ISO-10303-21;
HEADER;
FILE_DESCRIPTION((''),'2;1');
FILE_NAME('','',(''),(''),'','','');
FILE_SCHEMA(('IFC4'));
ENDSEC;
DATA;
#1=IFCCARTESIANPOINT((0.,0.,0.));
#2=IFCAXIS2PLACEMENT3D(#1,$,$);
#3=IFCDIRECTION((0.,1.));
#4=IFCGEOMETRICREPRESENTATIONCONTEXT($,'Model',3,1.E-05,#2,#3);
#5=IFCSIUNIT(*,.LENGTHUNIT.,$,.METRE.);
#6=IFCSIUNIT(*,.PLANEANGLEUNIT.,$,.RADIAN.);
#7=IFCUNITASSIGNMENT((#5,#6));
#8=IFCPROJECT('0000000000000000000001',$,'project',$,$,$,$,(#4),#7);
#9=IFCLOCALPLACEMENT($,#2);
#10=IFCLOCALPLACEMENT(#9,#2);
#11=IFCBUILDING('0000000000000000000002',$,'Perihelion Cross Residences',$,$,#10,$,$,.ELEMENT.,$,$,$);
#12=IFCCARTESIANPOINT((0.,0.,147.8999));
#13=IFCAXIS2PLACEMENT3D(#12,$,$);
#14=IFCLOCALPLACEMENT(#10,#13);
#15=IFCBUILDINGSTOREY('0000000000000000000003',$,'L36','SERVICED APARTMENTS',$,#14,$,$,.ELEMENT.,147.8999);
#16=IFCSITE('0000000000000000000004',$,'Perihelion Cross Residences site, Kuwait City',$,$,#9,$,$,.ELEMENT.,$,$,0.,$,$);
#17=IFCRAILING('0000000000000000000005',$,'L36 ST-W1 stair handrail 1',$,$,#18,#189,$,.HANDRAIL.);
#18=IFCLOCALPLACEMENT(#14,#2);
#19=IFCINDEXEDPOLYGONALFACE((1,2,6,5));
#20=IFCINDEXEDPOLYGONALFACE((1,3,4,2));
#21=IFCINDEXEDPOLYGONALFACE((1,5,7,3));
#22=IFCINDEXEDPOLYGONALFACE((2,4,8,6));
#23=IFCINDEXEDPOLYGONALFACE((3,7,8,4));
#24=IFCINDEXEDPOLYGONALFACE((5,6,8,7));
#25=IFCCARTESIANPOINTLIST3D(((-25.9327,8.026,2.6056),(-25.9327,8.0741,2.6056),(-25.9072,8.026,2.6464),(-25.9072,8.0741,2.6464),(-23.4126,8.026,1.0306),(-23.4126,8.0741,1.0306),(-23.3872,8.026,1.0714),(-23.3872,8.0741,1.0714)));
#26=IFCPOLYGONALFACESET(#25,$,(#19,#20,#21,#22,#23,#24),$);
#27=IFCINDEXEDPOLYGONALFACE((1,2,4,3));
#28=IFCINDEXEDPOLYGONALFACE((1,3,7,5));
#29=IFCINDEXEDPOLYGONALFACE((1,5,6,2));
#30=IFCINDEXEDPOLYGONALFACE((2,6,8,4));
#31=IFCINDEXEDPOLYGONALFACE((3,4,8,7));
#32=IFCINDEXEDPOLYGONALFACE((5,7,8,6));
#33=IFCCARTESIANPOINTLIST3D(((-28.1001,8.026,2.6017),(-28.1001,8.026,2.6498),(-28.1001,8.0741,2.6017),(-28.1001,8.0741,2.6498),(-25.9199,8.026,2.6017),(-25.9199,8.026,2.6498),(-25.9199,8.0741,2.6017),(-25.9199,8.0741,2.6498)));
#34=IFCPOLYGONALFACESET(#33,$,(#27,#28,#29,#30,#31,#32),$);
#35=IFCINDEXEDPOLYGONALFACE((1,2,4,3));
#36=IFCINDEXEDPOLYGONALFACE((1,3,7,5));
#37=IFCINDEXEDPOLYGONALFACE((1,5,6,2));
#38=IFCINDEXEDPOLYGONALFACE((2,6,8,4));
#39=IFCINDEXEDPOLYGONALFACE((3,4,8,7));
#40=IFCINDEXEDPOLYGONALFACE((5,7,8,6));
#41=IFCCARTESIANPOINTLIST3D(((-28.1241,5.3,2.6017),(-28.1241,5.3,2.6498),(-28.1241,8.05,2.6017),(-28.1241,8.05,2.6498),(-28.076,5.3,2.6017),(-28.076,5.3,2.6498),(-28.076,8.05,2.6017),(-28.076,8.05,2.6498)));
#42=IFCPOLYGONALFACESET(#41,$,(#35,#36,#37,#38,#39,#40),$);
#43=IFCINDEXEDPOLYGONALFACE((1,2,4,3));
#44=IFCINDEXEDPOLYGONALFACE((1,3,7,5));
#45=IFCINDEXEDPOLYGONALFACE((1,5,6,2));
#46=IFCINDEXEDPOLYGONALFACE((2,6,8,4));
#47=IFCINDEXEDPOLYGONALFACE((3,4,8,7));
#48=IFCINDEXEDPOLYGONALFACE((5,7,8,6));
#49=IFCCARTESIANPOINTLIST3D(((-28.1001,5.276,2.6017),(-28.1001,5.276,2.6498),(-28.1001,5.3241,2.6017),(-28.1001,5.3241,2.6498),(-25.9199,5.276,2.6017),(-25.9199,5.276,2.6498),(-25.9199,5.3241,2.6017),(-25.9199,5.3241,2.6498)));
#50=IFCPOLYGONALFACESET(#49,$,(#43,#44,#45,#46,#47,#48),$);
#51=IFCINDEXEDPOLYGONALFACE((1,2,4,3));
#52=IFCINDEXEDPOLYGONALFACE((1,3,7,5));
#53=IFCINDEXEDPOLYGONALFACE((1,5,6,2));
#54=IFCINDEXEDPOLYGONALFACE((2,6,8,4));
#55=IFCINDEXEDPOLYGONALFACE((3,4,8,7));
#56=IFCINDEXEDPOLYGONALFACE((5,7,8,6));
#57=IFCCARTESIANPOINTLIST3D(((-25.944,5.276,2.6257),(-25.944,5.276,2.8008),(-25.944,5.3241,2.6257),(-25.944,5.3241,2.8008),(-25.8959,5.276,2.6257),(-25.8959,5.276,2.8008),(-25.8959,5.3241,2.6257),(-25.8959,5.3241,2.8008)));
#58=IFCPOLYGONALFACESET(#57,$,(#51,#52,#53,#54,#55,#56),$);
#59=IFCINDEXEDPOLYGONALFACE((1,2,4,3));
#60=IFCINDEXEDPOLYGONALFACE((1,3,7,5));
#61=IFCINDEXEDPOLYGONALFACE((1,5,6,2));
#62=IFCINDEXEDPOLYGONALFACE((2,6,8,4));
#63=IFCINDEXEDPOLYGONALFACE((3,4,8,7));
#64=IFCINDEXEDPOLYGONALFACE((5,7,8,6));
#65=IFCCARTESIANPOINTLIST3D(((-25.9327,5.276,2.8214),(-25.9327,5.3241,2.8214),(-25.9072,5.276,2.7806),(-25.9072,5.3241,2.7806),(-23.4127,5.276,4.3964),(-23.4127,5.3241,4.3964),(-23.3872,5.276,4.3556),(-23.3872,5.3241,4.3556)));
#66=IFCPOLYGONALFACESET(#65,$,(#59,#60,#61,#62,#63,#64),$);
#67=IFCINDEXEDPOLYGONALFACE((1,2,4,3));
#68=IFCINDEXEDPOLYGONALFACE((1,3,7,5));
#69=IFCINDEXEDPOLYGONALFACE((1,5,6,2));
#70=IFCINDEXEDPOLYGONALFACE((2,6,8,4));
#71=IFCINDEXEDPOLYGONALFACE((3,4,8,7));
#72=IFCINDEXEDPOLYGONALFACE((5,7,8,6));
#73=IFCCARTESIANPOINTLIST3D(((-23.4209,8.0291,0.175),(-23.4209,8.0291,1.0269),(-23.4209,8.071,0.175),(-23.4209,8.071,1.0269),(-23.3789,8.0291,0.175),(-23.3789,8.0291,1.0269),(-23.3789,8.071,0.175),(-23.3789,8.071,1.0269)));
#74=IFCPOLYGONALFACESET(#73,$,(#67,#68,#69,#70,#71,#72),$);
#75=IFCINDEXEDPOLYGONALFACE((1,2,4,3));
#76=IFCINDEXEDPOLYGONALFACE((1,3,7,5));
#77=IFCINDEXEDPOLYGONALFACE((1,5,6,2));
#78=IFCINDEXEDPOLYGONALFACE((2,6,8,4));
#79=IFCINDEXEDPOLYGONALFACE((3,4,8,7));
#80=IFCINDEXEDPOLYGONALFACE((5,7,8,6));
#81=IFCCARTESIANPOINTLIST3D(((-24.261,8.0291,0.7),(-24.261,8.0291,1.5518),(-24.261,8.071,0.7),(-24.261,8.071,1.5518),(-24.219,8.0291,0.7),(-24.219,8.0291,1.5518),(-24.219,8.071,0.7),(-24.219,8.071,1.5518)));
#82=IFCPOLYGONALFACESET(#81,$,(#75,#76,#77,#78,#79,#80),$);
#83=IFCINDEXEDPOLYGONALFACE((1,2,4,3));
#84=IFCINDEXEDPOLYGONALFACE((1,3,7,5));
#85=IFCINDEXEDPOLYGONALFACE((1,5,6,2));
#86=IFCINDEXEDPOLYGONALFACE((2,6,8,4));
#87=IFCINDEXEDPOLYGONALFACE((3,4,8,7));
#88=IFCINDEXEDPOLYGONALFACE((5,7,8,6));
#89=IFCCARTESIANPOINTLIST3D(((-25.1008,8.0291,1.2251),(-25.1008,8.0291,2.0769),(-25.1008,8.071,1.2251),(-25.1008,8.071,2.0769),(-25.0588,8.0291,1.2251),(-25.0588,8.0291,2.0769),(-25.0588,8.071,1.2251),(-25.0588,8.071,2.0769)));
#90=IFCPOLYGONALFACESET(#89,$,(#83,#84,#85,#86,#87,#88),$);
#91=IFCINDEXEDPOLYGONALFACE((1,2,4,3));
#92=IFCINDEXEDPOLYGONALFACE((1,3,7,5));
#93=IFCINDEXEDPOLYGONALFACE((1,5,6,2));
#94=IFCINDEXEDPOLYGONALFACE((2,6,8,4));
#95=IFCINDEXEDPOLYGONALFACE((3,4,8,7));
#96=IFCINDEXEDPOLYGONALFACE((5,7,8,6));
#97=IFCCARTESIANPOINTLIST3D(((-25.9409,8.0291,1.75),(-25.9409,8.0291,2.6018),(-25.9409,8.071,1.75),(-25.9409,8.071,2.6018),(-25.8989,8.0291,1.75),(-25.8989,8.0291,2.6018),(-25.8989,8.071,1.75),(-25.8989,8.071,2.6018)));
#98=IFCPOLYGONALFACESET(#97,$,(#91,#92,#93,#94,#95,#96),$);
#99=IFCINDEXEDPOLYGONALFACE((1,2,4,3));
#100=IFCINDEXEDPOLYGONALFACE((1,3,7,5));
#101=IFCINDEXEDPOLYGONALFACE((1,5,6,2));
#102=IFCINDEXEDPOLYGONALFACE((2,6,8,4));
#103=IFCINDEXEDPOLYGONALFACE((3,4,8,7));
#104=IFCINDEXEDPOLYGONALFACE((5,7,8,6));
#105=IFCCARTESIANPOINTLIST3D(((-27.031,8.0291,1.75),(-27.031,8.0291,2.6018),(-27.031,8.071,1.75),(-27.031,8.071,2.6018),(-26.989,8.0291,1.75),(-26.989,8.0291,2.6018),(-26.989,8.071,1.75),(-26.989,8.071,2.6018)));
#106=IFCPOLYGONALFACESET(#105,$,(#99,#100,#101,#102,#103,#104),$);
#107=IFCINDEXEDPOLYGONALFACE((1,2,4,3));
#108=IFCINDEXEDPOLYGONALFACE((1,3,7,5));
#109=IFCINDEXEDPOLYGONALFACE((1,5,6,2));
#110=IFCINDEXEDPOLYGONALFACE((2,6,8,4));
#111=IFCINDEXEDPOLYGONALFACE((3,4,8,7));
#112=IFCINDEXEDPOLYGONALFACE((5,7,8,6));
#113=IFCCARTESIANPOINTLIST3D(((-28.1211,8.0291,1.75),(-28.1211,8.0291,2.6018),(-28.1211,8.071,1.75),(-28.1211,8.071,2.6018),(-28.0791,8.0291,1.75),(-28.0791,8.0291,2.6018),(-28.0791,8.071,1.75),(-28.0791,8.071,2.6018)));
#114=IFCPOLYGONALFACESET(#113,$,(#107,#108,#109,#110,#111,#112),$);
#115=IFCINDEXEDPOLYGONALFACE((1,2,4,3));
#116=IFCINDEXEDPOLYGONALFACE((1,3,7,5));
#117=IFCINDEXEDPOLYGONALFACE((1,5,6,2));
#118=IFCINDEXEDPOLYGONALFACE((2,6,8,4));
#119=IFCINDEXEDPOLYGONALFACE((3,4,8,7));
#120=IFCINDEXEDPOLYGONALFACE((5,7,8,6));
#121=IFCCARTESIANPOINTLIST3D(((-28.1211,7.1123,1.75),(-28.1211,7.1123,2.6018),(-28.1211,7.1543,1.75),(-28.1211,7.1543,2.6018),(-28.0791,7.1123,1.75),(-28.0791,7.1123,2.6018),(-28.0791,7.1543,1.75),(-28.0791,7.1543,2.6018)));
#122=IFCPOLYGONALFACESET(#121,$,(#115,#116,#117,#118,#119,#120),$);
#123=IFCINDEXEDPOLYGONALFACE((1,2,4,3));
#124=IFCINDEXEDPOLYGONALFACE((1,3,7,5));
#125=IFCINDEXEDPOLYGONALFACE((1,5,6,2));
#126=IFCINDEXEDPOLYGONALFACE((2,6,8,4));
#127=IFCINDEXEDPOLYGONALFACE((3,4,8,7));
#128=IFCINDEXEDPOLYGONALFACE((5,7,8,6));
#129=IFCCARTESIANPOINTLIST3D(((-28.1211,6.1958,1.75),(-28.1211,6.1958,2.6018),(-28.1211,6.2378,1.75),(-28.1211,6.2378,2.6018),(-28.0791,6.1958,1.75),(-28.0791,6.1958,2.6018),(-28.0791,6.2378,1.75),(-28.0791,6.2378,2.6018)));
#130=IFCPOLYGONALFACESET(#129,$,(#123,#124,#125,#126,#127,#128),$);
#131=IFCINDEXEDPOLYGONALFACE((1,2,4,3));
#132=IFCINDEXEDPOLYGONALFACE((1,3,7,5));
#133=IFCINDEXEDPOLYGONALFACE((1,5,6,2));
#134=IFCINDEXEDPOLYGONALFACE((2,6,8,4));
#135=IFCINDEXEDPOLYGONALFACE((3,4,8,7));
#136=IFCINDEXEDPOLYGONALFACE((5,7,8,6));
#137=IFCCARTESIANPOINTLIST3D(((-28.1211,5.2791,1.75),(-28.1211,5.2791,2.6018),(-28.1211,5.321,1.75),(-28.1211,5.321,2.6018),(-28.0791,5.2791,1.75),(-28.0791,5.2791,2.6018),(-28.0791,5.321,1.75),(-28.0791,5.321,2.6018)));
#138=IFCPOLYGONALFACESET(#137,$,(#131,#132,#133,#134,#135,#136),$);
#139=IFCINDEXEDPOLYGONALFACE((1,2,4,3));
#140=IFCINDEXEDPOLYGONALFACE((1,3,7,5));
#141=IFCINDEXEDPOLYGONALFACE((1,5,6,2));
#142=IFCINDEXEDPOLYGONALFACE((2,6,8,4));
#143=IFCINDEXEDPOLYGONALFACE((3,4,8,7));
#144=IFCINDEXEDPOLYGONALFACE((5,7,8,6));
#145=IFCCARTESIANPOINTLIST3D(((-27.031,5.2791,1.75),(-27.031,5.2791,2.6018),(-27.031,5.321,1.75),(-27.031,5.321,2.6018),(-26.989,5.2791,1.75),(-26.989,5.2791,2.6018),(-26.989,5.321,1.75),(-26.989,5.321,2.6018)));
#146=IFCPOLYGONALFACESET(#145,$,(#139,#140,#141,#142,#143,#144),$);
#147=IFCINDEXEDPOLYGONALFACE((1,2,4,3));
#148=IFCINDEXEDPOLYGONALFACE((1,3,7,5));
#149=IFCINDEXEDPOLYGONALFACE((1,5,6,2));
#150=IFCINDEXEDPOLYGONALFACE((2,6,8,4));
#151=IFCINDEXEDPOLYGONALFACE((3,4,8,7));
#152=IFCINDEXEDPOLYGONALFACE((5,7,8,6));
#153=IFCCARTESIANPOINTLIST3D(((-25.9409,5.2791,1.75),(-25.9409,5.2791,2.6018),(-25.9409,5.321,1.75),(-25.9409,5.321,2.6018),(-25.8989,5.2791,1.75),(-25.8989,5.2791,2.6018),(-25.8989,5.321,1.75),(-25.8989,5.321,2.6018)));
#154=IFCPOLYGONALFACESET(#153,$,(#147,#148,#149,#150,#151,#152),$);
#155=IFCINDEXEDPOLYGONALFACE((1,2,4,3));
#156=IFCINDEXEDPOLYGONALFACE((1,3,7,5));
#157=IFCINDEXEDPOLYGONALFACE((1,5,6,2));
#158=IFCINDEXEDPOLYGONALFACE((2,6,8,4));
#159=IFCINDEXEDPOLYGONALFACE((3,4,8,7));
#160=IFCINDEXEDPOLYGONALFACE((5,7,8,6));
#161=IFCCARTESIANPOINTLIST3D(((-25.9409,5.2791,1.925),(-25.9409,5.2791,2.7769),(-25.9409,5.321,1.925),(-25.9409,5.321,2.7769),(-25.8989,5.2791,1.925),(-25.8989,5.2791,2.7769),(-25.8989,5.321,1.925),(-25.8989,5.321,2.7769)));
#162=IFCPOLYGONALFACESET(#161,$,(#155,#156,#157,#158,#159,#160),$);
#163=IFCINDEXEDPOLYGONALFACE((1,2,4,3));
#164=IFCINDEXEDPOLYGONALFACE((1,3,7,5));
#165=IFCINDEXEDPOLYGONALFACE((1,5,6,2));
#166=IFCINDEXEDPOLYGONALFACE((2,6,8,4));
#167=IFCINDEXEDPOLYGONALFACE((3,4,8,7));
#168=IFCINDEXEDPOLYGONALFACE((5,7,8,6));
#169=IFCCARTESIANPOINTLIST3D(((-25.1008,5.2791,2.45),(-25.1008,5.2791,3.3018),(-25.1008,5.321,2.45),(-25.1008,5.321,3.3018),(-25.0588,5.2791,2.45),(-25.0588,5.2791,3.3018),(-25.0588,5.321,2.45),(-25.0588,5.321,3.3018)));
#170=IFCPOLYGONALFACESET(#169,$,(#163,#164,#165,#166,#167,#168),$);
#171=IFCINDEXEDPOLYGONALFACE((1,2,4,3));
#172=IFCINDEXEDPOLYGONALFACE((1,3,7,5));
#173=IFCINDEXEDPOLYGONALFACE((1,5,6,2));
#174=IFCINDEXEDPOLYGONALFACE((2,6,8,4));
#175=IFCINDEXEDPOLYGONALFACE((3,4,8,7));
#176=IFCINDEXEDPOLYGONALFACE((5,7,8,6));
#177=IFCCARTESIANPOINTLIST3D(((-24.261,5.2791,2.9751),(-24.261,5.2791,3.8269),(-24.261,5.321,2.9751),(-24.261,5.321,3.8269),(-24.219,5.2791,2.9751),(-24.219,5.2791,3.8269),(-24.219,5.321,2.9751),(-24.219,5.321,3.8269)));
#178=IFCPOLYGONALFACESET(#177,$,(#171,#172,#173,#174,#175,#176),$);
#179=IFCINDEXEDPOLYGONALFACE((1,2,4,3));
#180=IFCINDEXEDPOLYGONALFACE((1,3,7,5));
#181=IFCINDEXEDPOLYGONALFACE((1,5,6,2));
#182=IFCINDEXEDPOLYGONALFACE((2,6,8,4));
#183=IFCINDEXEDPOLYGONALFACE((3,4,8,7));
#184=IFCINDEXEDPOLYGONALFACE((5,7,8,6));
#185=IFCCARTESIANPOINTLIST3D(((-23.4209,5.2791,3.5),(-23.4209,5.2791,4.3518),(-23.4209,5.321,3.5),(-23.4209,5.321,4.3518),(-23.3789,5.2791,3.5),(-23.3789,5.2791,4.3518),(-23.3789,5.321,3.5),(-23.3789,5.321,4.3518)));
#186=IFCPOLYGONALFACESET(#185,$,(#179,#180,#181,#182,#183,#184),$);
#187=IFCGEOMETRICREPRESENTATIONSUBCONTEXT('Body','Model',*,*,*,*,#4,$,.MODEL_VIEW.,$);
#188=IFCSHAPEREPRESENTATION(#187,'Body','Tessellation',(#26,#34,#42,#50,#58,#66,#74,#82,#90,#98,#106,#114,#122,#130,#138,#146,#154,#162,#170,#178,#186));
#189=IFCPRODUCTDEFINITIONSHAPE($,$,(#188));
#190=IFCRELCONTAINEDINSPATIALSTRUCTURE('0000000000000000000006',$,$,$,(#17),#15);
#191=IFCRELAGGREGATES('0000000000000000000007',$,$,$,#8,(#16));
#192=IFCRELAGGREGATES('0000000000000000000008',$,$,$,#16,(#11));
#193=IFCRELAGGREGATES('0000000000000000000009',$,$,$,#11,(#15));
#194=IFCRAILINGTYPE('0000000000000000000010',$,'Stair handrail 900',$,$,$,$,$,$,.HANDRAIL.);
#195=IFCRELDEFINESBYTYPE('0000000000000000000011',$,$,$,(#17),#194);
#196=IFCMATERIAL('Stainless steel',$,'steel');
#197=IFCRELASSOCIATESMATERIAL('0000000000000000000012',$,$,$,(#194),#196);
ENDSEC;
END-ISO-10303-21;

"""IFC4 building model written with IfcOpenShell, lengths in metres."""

from ifc_helpers import new_model, si_unit, direction, frame, origin, origin_2d, place, context, subcontext, project, spatial, rectangle, extrude, material, type_object, element, save


model = new_model("IFC4")

# Units and contexts
model_context = context("Model", 3, precision=1e-05, world=origin(), true_north=direction((0.0, 1.0)))
body_context = subcontext(model_context, "Body", "Model", "MODEL_VIEW")
ifc_project = project(units=[si_unit("LENGTHUNIT", "METRE"), si_unit("PLANEANGLEUNIT", "RADIAN")], contexts=[model_context])

# Site, building, storey
site_placement = place(None, origin())
site = spatial("IfcSite", under=ifc_project, at=site_placement, Name="Perihelion Cross Residences site, Kuwait City", CompositionType="ELEMENT", RefElevation=0.0)
building_placement = place(site_placement, origin())
building = spatial("IfcBuilding", under=site, at=building_placement, Name="Perihelion Cross Residences", CompositionType="ELEMENT")
storey_placement = place(building_placement, frame((0.0, 0.0, 147.8999)))
storey = spatial("IfcBuildingStorey", under=building, at=storey_placement, Name="L36", Description="SERVICED APARTMENTS", CompositionType="ELEMENT", Elevation=147.8999)

# Railing
ifc_material_1 = material(Name="Stainless steel", Category="steel")
railing_type_1 = type_object("IfcRailingType", Name="Stair handrail 900", PredefinedType="HANDRAIL", material=ifc_material_1)
railing_1_placement = place(storey_placement, frame((-23.3999, 8.05, 0.175)))
element("IfcRailing", 1, at=railing_1_placement, inside=storey, type_object=railing_type_1, Name="L36 ST-W1 stair handrail 1", PredefinedType="HANDRAIL", context=body_context, shape_type="SweptSolid", body=[
    extrude(rectangle(XDim=0.0481, YDim=0.0481, at=origin_2d()), frame((0.0, 0.0, 0.876), z_axis=(-0.848008, 0.0, 0.529984), x_axis=(0.0, -1.0, 0.0)), (0.0, 0.0, 1.0), 2.9717),
    extrude(rectangle(XDim=0.0481, YDim=0.0481, at=origin_2d()), frame((-2.52, 0.0, 2.4507), z_axis=(-1.0, 0.0, 0.0), x_axis=(0.0, -1.0, 0.0)), (0.0, 0.0, 1.0), 2.1802),
    extrude(rectangle(XDim=0.0481, YDim=0.0481, at=origin_2d()), frame((-4.7002, 0.0, 2.4507), z_axis=(0.0, -1.0, 0.0), x_axis=(1.0, 0.0, 0.0)), (0.0, 0.0, 1.0), 2.75),
    extrude(rectangle(XDim=0.0481, YDim=0.0481, at=origin_2d()), frame((-4.7002, -2.75, 2.4507), z_axis=(1.0, 0.0, 0.0), x_axis=(0.0, 1.0, 0.0)), (0.0, 0.0, 1.0), 2.1802),
    extrude(rectangle(XDim=0.0481, YDim=0.0481, at=origin_2d()), frame((-2.52, -2.75, 2.4507), z_axis=(0.0, 0.0, 1.0), x_axis=(1.0, 0.0, 0.0)), (0.0, 0.0, 1.0), 0.175),
    extrude(rectangle(XDim=0.0481, YDim=0.0481, at=origin_2d()), frame((-2.52, -2.75, 2.626), z_axis=(0.848008, 0.0, 0.529984), x_axis=(0.0, 1.0, 0.0)), (0.0, 0.0, 1.0), 2.9717),
    extrude(rectangle(XDim=0.042, YDim=0.042, at=origin_2d()), origin(), (0.0, 0.0, 1.0), 0.8518),
    extrude(rectangle(XDim=0.042, YDim=0.042, at=origin_2d()), frame((-0.8401, 0.0, 0.5249)), (0.0, 0.0, 1.0), 0.8518),
    extrude(rectangle(XDim=0.042, YDim=0.042, at=origin_2d()), frame((-1.6799, 0.0, 1.05)), (0.0, 0.0, 1.0), 0.8518),
    extrude(rectangle(XDim=0.042, YDim=0.042, at=origin_2d()), frame((-2.52, 0.0, 1.575)), (0.0, 0.0, 1.0), 0.8518),
    extrude(rectangle(XDim=0.042, YDim=0.042, at=origin_2d()), frame((-3.6101, 0.0, 1.575)), (0.0, 0.0, 1.0), 0.8518),
    extrude(rectangle(XDim=0.042, YDim=0.042, at=origin_2d()), frame((-4.7002, 0.0, 1.575)), (0.0, 0.0, 1.0), 0.8518),
    extrude(rectangle(XDim=0.042, YDim=0.042, at=origin_2d()), frame((-4.7002, -0.9167, 1.575)), (0.0, 0.0, 1.0), 0.8518),
    extrude(rectangle(XDim=0.042, YDim=0.042, at=origin_2d()), frame((-4.7002, -1.8333, 1.575)), (0.0, 0.0, 1.0), 0.8518),
    extrude(rectangle(XDim=0.042, YDim=0.042, at=origin_2d()), frame((-4.7002, -2.75, 1.575)), (0.0, 0.0, 1.0), 0.8518),
    extrude(rectangle(XDim=0.042, YDim=0.042, at=origin_2d()), frame((-3.6101, -2.75, 1.575)), (0.0, 0.0, 1.0), 0.8518),
    extrude(rectangle(XDim=0.042, YDim=0.042, at=origin_2d()), frame((-2.52, -2.75, 1.575)), (0.0, 0.0, 1.0), 0.8518),
    extrude(rectangle(XDim=0.042, YDim=0.042, at=origin_2d()), frame((-2.52, -2.75, 1.75)), (0.0, 0.0, 1.0), 0.8518),
    extrude(rectangle(XDim=0.042, YDim=0.042, at=origin_2d()), frame((-1.6799, -2.75, 2.2749)), (0.0, 0.0, 1.0), 0.8518),
    extrude(rectangle(XDim=0.042, YDim=0.042, at=origin_2d()), frame((-0.8401, -2.75, 2.8)), (0.0, 0.0, 1.0), 0.8518),
    extrude(rectangle(XDim=0.042, YDim=0.042, at=origin_2d()), frame((0.0, -2.75, 3.325)), (0.0, 0.0, 1.0), 0.8518),
])

save(model, "model.ifc")
